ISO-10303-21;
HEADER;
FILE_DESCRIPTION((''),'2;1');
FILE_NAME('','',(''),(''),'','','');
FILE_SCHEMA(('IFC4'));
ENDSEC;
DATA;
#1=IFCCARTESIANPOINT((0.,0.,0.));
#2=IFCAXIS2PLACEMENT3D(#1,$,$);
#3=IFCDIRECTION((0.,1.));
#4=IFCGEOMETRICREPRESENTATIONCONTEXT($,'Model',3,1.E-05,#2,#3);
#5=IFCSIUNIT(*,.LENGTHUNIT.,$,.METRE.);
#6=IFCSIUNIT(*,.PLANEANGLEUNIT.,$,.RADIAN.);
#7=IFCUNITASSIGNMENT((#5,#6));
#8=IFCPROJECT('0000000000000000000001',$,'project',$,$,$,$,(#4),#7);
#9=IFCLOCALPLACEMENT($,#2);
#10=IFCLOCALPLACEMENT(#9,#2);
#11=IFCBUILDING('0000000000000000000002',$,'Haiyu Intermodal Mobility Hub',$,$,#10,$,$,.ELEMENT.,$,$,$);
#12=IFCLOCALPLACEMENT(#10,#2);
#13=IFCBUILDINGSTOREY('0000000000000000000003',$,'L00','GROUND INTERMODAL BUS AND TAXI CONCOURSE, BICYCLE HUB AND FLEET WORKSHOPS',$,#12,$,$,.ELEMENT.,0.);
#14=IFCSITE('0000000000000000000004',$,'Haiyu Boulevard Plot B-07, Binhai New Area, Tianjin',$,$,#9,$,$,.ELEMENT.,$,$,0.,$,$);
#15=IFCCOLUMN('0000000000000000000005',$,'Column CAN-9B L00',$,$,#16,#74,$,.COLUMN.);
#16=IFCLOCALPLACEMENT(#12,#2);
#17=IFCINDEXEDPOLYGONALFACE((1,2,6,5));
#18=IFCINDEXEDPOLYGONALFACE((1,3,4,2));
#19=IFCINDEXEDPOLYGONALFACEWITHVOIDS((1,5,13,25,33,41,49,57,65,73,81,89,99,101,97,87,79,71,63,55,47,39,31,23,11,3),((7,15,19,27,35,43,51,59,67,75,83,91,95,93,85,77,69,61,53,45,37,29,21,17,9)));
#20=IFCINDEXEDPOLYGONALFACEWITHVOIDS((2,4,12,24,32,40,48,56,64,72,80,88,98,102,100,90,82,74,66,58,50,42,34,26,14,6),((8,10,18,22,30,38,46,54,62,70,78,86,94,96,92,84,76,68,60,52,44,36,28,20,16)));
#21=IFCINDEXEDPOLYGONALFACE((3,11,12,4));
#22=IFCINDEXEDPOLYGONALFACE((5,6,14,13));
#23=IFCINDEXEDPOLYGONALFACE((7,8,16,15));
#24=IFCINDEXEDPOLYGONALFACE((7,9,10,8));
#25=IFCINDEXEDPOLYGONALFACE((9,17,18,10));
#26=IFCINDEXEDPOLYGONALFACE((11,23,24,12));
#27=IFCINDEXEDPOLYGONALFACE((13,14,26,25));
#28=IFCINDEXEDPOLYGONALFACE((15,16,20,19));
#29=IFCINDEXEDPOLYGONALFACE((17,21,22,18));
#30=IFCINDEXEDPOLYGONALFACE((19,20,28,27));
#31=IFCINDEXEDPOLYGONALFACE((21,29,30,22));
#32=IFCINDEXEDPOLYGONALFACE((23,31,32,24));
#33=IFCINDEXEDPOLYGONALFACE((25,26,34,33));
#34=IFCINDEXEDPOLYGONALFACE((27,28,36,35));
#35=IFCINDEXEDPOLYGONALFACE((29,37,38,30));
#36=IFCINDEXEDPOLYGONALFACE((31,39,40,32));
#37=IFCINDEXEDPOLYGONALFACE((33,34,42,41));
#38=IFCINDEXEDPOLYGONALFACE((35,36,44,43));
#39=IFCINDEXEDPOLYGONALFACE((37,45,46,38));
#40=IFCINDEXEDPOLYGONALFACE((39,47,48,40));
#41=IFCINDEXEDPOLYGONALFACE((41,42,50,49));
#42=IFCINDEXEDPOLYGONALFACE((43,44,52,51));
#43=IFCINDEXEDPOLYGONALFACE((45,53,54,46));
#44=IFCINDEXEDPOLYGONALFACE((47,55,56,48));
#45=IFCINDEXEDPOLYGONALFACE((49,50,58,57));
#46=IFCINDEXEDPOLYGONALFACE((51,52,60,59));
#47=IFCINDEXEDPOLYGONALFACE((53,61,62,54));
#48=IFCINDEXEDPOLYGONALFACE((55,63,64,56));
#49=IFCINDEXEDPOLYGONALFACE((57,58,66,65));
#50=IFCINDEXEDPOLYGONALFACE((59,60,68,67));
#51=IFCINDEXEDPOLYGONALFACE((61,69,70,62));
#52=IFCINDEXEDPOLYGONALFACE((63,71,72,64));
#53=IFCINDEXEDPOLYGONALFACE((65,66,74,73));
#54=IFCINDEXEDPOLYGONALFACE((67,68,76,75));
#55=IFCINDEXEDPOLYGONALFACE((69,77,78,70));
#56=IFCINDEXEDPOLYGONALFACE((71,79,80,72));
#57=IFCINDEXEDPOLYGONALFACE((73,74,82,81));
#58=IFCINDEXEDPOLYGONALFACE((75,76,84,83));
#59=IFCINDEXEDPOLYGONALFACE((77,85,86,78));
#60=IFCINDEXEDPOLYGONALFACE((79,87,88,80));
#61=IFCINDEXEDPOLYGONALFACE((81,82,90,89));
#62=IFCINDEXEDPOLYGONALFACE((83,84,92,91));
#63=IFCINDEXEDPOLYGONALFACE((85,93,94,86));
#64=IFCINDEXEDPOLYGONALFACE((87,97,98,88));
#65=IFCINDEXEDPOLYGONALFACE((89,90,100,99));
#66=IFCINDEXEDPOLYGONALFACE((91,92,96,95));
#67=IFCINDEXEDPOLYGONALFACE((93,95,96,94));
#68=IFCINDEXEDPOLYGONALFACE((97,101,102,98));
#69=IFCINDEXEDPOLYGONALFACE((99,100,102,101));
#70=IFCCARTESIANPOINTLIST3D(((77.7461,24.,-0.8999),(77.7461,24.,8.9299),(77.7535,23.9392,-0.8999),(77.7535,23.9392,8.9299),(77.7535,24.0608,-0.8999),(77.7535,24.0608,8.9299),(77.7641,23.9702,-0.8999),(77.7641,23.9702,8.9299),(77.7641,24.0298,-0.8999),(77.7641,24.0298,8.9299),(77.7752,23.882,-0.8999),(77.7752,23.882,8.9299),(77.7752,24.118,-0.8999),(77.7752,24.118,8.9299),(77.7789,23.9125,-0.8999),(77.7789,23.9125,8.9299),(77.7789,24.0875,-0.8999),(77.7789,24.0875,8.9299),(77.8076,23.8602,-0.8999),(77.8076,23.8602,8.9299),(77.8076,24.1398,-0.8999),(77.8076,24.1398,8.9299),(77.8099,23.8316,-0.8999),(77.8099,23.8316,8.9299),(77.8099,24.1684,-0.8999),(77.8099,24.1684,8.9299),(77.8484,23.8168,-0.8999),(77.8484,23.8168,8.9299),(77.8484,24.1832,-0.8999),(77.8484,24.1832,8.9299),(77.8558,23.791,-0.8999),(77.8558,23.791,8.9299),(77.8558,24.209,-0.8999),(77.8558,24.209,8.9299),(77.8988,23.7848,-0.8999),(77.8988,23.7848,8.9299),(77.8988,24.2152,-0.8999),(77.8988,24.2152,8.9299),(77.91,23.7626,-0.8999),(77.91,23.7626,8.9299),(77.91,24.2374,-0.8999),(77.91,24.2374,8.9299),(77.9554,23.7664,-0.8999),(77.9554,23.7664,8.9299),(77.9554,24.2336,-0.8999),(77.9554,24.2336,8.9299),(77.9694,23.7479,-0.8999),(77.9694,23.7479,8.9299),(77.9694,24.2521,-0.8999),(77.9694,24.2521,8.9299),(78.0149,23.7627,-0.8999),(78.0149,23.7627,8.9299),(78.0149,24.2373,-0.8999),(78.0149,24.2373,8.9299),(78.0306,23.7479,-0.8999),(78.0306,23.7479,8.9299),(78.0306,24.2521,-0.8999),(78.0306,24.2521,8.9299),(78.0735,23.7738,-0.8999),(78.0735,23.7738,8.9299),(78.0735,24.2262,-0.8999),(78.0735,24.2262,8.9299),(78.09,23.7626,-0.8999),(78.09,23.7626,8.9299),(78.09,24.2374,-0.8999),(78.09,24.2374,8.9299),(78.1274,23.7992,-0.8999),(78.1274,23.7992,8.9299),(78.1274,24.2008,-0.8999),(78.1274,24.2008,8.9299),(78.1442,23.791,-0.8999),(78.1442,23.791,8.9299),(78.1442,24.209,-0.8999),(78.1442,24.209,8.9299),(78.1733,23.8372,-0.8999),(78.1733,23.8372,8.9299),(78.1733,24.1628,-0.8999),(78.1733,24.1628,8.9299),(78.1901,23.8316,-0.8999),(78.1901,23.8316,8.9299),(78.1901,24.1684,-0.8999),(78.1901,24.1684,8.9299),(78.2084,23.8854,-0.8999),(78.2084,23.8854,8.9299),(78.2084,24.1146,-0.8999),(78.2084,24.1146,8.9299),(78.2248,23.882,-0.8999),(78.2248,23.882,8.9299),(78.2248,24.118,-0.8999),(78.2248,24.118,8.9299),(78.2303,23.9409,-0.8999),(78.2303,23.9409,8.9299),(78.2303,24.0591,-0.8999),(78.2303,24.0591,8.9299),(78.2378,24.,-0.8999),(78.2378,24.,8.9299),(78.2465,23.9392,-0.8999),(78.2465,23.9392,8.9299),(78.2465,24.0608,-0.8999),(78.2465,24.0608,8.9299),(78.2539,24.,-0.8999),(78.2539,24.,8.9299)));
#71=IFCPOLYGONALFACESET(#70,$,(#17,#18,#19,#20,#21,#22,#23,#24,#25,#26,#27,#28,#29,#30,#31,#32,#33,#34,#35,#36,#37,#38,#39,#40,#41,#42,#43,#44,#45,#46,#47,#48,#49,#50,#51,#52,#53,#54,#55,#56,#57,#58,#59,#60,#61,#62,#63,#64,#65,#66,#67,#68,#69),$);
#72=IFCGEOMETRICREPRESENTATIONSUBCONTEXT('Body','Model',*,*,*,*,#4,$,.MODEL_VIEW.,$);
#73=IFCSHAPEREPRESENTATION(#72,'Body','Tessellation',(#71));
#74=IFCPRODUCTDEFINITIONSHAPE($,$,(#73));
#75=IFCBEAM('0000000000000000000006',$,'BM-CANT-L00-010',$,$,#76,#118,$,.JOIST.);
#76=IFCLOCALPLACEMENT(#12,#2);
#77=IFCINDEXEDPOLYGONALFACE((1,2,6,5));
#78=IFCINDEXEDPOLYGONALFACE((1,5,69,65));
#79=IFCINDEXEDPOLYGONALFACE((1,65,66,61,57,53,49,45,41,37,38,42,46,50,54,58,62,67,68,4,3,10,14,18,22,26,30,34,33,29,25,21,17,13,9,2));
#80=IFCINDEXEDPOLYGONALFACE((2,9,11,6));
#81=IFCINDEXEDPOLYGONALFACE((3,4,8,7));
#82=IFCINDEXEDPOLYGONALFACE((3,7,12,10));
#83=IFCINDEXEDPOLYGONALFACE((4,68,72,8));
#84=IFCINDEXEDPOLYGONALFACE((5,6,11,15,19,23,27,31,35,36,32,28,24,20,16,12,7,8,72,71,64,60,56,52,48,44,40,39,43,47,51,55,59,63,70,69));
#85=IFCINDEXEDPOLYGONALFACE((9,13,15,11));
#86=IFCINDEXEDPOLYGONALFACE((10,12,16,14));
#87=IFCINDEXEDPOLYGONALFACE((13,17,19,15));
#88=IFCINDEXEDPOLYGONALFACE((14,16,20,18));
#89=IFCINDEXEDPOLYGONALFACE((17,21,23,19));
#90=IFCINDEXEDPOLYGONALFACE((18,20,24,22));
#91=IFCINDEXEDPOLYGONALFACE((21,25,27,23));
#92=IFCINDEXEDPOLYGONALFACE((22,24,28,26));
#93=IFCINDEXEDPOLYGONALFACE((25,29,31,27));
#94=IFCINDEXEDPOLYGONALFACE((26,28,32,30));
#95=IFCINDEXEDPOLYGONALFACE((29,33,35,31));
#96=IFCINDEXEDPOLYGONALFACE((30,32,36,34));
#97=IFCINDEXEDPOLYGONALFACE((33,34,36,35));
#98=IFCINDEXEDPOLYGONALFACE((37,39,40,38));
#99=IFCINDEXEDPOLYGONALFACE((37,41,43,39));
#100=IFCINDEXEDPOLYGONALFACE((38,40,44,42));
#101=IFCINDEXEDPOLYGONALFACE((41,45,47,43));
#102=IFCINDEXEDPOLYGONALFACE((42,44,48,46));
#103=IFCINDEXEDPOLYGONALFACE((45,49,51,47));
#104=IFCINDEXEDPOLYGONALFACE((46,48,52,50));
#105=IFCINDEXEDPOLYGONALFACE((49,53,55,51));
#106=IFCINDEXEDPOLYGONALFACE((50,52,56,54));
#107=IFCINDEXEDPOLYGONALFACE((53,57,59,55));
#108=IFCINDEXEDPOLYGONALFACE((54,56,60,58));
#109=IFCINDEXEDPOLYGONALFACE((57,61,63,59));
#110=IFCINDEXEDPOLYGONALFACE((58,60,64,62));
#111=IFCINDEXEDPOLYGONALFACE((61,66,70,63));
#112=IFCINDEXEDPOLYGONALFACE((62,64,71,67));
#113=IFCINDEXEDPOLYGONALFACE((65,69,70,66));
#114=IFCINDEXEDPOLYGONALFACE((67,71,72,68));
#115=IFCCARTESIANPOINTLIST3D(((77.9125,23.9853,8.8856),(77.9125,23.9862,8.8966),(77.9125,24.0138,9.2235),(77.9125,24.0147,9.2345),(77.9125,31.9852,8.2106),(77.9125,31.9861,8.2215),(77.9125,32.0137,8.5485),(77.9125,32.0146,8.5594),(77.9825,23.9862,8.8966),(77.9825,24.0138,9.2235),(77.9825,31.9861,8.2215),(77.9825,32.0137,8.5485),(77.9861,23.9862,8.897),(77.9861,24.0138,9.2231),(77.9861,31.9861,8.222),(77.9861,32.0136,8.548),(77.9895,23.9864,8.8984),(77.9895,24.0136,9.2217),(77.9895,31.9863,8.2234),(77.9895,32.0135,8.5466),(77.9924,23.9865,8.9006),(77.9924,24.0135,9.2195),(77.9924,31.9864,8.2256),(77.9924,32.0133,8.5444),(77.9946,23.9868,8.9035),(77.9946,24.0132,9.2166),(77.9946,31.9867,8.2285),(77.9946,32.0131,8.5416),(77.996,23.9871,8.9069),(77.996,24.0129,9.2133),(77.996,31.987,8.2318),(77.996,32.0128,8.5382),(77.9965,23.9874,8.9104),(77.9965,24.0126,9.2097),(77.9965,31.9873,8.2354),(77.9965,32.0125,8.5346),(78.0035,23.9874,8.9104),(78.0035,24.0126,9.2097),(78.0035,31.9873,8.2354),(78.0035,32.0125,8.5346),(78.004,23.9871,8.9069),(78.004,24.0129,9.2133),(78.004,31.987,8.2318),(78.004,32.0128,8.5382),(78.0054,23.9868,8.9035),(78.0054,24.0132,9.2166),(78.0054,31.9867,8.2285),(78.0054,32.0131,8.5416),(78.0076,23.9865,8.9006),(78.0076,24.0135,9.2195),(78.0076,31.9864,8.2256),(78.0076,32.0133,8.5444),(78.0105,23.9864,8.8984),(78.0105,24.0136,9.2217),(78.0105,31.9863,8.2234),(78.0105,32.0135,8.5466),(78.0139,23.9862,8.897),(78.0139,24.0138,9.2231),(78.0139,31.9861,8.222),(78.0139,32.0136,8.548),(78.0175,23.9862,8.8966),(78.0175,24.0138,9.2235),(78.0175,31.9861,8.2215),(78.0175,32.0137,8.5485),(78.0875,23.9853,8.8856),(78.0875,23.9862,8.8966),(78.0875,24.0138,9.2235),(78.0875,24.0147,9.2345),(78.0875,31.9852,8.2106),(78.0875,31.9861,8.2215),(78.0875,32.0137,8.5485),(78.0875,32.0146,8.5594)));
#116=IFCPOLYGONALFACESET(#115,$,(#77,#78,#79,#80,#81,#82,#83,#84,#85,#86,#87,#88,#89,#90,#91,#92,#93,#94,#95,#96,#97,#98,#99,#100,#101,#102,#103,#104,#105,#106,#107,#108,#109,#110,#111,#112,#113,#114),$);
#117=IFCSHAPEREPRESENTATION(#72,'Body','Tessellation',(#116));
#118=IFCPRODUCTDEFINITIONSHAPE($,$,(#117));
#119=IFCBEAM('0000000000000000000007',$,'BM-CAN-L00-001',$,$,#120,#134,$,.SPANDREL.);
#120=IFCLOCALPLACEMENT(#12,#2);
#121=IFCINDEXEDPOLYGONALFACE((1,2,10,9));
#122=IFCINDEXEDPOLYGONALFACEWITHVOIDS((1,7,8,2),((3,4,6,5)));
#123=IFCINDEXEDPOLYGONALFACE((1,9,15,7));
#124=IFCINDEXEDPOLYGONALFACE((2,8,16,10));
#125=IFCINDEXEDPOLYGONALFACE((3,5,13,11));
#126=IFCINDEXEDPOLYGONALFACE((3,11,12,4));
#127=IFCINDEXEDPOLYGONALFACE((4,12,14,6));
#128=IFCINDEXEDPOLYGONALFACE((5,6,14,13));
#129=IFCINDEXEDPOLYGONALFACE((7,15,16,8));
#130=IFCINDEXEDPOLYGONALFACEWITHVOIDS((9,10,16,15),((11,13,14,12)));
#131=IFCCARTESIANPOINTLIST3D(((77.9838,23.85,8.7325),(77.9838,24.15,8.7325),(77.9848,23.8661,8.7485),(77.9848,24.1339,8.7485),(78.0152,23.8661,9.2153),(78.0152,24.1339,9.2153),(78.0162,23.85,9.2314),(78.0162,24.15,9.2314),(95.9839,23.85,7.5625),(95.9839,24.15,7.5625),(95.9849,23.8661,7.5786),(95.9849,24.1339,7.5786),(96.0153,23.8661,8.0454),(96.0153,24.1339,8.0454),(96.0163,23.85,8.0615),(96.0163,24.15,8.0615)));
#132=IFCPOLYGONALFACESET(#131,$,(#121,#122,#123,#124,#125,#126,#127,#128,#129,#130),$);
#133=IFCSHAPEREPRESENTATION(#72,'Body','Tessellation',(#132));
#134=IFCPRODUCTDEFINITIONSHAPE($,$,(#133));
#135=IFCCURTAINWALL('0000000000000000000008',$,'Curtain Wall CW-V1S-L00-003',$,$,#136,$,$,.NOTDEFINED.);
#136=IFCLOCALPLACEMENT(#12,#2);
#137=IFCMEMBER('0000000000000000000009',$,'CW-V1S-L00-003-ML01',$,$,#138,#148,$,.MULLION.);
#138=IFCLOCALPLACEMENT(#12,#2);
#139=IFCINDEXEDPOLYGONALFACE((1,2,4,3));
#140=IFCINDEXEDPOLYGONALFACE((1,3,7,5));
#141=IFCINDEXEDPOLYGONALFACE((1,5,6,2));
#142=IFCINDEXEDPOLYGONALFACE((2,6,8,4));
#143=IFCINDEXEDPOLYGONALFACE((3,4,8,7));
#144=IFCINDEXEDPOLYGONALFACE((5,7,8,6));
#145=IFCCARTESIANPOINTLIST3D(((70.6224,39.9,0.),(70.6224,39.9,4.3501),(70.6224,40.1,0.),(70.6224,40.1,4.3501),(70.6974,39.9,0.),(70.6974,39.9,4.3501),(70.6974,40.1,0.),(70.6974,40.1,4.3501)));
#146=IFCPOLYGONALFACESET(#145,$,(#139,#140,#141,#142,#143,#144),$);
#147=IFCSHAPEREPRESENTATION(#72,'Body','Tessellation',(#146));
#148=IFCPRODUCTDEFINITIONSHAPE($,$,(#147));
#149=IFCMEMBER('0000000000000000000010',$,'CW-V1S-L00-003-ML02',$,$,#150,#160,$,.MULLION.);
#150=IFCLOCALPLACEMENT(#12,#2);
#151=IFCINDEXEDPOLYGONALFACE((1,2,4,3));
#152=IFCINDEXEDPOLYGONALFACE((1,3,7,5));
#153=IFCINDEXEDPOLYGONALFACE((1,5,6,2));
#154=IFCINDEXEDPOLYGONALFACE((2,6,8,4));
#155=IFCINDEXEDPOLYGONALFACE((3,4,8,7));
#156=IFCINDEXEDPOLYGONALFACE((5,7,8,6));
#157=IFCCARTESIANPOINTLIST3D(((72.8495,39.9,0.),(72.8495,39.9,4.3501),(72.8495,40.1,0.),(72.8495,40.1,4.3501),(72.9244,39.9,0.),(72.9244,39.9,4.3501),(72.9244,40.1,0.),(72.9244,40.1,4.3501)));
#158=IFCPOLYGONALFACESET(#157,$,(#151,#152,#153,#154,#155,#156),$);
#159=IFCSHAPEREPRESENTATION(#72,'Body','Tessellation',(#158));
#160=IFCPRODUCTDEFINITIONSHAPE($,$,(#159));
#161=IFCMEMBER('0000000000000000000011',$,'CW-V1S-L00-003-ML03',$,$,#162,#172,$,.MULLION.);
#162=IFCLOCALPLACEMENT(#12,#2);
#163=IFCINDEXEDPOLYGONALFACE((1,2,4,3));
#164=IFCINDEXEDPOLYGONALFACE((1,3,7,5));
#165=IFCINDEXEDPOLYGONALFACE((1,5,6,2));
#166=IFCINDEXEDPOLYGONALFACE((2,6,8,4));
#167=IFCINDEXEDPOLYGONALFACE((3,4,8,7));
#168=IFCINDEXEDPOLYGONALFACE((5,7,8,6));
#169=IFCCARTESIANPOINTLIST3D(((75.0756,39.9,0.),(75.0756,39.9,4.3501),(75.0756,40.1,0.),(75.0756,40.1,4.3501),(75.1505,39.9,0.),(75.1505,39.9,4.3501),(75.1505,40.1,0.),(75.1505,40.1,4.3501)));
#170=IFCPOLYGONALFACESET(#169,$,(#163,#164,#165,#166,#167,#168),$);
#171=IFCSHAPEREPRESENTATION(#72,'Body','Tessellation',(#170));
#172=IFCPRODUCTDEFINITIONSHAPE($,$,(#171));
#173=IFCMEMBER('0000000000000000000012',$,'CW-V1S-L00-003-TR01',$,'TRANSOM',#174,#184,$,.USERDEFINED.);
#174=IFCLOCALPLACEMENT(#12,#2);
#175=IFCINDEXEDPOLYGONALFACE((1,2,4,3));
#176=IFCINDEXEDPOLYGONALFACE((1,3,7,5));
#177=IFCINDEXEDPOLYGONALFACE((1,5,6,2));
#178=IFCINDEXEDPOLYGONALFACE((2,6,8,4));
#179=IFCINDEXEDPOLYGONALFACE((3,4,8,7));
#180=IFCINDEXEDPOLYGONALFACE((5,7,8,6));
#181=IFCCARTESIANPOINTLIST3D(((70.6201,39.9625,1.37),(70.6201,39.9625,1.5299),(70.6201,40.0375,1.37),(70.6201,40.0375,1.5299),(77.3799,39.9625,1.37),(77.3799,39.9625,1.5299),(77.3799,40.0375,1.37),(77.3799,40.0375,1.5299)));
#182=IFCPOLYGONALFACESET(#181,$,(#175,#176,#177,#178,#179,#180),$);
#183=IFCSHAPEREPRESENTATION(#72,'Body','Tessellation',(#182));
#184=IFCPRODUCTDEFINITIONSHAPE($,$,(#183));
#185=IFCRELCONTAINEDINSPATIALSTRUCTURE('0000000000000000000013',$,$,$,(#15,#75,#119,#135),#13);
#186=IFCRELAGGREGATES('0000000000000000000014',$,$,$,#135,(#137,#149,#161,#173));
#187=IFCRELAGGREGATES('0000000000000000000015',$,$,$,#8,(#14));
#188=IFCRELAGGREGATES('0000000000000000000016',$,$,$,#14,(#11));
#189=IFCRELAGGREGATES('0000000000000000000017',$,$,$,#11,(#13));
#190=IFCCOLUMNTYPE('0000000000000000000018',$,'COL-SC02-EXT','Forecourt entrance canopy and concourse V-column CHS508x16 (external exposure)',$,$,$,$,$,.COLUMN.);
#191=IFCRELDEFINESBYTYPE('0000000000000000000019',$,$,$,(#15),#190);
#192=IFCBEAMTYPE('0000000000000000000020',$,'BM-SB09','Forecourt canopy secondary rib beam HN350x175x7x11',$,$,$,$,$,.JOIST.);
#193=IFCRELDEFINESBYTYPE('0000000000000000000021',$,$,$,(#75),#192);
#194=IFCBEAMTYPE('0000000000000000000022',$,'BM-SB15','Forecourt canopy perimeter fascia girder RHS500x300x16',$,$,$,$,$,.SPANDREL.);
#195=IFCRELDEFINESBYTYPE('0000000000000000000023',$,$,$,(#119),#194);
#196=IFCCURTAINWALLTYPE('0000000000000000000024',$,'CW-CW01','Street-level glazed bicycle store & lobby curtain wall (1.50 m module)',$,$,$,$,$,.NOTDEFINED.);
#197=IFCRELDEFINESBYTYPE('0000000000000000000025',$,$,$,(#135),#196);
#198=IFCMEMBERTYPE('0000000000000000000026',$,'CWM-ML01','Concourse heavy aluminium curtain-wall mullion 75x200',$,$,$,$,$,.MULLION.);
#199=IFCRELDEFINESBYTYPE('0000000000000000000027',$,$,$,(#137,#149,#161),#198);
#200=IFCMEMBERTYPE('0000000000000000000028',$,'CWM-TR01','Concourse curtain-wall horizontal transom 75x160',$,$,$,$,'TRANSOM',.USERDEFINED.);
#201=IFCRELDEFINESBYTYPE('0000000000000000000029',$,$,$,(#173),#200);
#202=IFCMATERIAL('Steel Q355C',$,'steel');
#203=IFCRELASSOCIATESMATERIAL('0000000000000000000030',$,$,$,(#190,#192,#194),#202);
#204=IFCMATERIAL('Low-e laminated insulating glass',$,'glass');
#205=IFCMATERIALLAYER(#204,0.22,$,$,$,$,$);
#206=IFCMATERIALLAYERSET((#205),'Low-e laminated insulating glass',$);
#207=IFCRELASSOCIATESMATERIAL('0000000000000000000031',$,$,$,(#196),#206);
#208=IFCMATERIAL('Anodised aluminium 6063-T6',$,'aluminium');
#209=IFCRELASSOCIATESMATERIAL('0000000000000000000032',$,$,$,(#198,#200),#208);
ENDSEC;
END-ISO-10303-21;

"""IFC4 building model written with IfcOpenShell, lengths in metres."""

from ifc_helpers import new_model, si_unit, direction, frame, origin, origin_2d, place, context, subcontext, project, spatial, rectangle, hollow_rectangle, hollow_circle, i_section, extrude, material, layer, layer_set, material_profile, profile_set, type_object, element, aggregate, save


model = new_model("IFC4")

# Units and contexts
model_context = context("Model", 3, precision=1e-05, world=origin(), true_north=direction((0.0, 1.0)))
body_context = subcontext(model_context, "Body", "Model", "MODEL_VIEW")
ifc_project = project(units=[si_unit("LENGTHUNIT", "METRE"), si_unit("PLANEANGLEUNIT", "RADIAN")], contexts=[model_context])

# Site, building, storey
site_placement = place(None, origin())
site = spatial("IfcSite", under=ifc_project, at=site_placement, Name="Haiyu Boulevard Plot B-07, Binhai New Area, Tianjin", CompositionType="ELEMENT", RefElevation=0.0)
building_placement = place(site_placement, origin())
building = spatial("IfcBuilding", under=site, at=building_placement, Name="Haiyu Intermodal Mobility Hub", CompositionType="ELEMENT")
storey_placement = place(building_placement, origin())
storey = spatial("IfcBuildingStorey", under=building, at=storey_placement, Name="L00", Description="GROUND INTERMODAL BUS AND TAXI CONCOURSE, BICYCLE HUB AND FLEET WORKSHOPS", CompositionType="ELEMENT", Elevation=0.0)

# Column
ifc_material_1 = material(Name="Steel Q355C", Category="steel")
ifc_material_profile_1 = material_profile(ifc_material_1, hollow_circle(Radius=0.2539, WallThickness=0.0161, at=origin_2d()), Name="CHS508x16")
ifc_profile_set_1 = profile_set([ifc_material_profile_1], Name="Steel Q355C")
column_type = type_object("IfcColumnType", Name="COL-SC02-EXT", Description="Forecourt entrance canopy and concourse V-column CHS508x16 (external exposure)", PredefinedType="COLUMN", material=ifc_profile_set_1)
column_placement = place(storey_placement, frame((78.0, 24.0, -0.8999), z_axis=(0.0, 0.0, 1.0), x_axis=(1.0, 0.0, 0.0)))
element("IfcColumn", 1, at=column_placement, inside=storey, type_object=column_type, Name="Column CAN-9B L00", PredefinedType="COLUMN", context=body_context, shape_type="SweptSolid", body=[
    extrude(hollow_circle(Radius=0.2539, WallThickness=0.0161, at=origin_2d()), origin(), (0.0, 0.0, 1.0), 9.8298),
])

# Beams
ifc_material_profile_2 = material_profile(ifc_material_1, i_section(OverallWidth=0.175, OverallDepth=0.3501, WebThickness=0.0071, FlangeThickness=0.011, FilletRadius=0.0139, at=origin_2d()), Name="HN350x175x7x11")
ifc_profile_set_2 = profile_set([ifc_material_profile_2], Name="Steel Q355C")
beam_type_1 = type_object("IfcBeamType", Name="BM-SB09", Description="Forecourt canopy secondary rib beam HN350x175x7x11", PredefinedType="JOIST", material=ifc_profile_set_2)
beam_1_placement = place(storey_placement, frame((78.0, 24.0, 9.0601), z_axis=(0.0, 0.996459, -0.084082), x_axis=(-1.0, 0.0, 0.0)))
element("IfcBeam", 2, at=beam_1_placement, inside=storey, type_object=beam_type_1, Name="BM-CANT-L00-010", PredefinedType="JOIST", context=body_context, shape_type="SweptSolid", body=[
    extrude(i_section(OverallWidth=0.175, OverallDepth=0.3501, WebThickness=0.0071, FlangeThickness=0.011, FilletRadius=0.0139, at=origin_2d()), origin(), (0.0, 0.0, 1.0), 8.0283),
])
ifc_material_profile_3 = material_profile(ifc_material_1, hollow_rectangle(XDim=0.3, YDim=0.5, WallThickness=0.0161, at=origin_2d()), Name="RHS500x300x16")
ifc_profile_set_3 = profile_set([ifc_material_profile_3], Name="Steel Q355C")
beam_type_2 = type_object("IfcBeamType", Name="BM-SB15", Description="Forecourt canopy perimeter fascia girder RHS500x300x16", PredefinedType="SPANDREL", material=ifc_profile_set_3)
beam_2_placement = place(storey_placement, frame((78.0, 24.0, 8.9819), z_axis=(0.997894, 0.0, -0.064859), x_axis=(0.0, 1.0, 0.0)))
element("IfcBeam", 3, at=beam_2_placement, inside=storey, type_object=beam_type_2, Name="BM-CAN-L00-001", PredefinedType="SPANDREL", context=body_context, shape_type="SweptSolid", body=[
    extrude(hollow_rectangle(XDim=0.3, YDim=0.5, WallThickness=0.0161, at=origin_2d()), origin(), (0.0, 0.0, 1.0), 18.0381),
])

# Curtain wall, members
ifc_material_2 = material(Name="Low-e laminated insulating glass", Category="glass")
ifc_layer_1 = layer(ifc_material_2, 0.22)
ifc_layer_set_1 = layer_set([ifc_layer_1], Name="Low-e laminated insulating glass")
curtain_wall_type = type_object("IfcCurtainWallType", Name="CW-CW01", Description="Street-level glazed bicycle store & lobby curtain wall (1.50 m module)", PredefinedType="NOTDEFINED", material=ifc_layer_set_1)
curtain_wall_placement = place(storey_placement, origin())
curtain_wall = element("IfcCurtainWall", 4, at=curtain_wall_placement, inside=storey, type_object=curtain_wall_type, Name="Curtain Wall CW-V1S-L00-003", PredefinedType="NOTDEFINED")
ifc_material_3 = material(Name="Anodised aluminium 6063-T6", Category="aluminium")
ifc_material_profile_4 = material_profile(ifc_material_3, rectangle(XDim=0.075, YDim=0.2, at=origin_2d()), Name="ALU75x200")
ifc_profile_set_4 = profile_set([ifc_material_profile_4], Name="Anodised aluminium 6063-T6")
member_type_1 = type_object("IfcMemberType", Name="CWM-ML01", Description="Concourse heavy aluminium curtain-wall mullion 75x200", PredefinedType="MULLION", material=ifc_profile_set_4)
member_1_placement = place(storey_placement, frame((70.6599, 40.0, 0.0), z_axis=(0.0, 0.0, 1.0), x_axis=(1.0, 0.0, 0.0)))
member_1 = element("IfcMember", 5, at=member_1_placement, type_object=member_type_1, Name="CW-V1S-L00-003-ML01", PredefinedType="MULLION", context=body_context, shape_type="SweptSolid", body=[
    extrude(rectangle(XDim=0.075, YDim=0.2, at=origin_2d()), origin(), (0.0, 0.0, 1.0), 4.3501),
])
member_2_placement = place(storey_placement, frame((72.887, 40.0, 0.0), z_axis=(0.0, 0.0, 1.0), x_axis=(1.0, 0.0, 0.0)))
member_2 = element("IfcMember", 6, at=member_2_placement, type_object=member_type_1, Name="CW-V1S-L00-003-ML02", PredefinedType="MULLION", context=body_context, shape_type="SweptSolid", body=[
    extrude(rectangle(XDim=0.075, YDim=0.2, at=origin_2d()), origin(), (0.0, 0.0, 1.0), 4.3501),
])
member_3_placement = place(storey_placement, frame((75.113, 40.0, 0.0), z_axis=(0.0, 0.0, 1.0), x_axis=(1.0, 0.0, 0.0)))
member_3 = element("IfcMember", 7, at=member_3_placement, type_object=member_type_1, Name="CW-V1S-L00-003-ML03", PredefinedType="MULLION", context=body_context, shape_type="SweptSolid", body=[
    extrude(rectangle(XDim=0.075, YDim=0.2, at=origin_2d()), origin(), (0.0, 0.0, 1.0), 4.3501),
])
ifc_material_profile_5 = material_profile(ifc_material_3, rectangle(XDim=0.075, YDim=0.1599, at=origin_2d()), Name="ALU75x160")
ifc_profile_set_5 = profile_set([ifc_material_profile_5], Name="Anodised aluminium 6063-T6")
member_type_2 = type_object("IfcMemberType", Name="CWM-TR01", Description="Concourse curtain-wall horizontal transom 75x160", ElementType="TRANSOM", PredefinedType="USERDEFINED", material=ifc_profile_set_5)
member_4_placement = place(storey_placement, frame((70.6201, 40.0, 1.45), z_axis=(1.0, 0.0, 0.0), x_axis=(0.0, 1.0, 0.0)))
member_4 = element("IfcMember", 8, at=member_4_placement, type_object=member_type_2, Name="CW-V1S-L00-003-TR01", ObjectType="TRANSOM", PredefinedType="USERDEFINED", context=body_context, shape_type="SweptSolid", body=[
    extrude(rectangle(XDim=0.075, YDim=0.1599, at=origin_2d()), origin(), (0.0, 0.0, 1.0), 6.7598),
])

aggregate(curtain_wall, [member_1, member_2, member_3, member_4])

save(model, "model.ifc")
